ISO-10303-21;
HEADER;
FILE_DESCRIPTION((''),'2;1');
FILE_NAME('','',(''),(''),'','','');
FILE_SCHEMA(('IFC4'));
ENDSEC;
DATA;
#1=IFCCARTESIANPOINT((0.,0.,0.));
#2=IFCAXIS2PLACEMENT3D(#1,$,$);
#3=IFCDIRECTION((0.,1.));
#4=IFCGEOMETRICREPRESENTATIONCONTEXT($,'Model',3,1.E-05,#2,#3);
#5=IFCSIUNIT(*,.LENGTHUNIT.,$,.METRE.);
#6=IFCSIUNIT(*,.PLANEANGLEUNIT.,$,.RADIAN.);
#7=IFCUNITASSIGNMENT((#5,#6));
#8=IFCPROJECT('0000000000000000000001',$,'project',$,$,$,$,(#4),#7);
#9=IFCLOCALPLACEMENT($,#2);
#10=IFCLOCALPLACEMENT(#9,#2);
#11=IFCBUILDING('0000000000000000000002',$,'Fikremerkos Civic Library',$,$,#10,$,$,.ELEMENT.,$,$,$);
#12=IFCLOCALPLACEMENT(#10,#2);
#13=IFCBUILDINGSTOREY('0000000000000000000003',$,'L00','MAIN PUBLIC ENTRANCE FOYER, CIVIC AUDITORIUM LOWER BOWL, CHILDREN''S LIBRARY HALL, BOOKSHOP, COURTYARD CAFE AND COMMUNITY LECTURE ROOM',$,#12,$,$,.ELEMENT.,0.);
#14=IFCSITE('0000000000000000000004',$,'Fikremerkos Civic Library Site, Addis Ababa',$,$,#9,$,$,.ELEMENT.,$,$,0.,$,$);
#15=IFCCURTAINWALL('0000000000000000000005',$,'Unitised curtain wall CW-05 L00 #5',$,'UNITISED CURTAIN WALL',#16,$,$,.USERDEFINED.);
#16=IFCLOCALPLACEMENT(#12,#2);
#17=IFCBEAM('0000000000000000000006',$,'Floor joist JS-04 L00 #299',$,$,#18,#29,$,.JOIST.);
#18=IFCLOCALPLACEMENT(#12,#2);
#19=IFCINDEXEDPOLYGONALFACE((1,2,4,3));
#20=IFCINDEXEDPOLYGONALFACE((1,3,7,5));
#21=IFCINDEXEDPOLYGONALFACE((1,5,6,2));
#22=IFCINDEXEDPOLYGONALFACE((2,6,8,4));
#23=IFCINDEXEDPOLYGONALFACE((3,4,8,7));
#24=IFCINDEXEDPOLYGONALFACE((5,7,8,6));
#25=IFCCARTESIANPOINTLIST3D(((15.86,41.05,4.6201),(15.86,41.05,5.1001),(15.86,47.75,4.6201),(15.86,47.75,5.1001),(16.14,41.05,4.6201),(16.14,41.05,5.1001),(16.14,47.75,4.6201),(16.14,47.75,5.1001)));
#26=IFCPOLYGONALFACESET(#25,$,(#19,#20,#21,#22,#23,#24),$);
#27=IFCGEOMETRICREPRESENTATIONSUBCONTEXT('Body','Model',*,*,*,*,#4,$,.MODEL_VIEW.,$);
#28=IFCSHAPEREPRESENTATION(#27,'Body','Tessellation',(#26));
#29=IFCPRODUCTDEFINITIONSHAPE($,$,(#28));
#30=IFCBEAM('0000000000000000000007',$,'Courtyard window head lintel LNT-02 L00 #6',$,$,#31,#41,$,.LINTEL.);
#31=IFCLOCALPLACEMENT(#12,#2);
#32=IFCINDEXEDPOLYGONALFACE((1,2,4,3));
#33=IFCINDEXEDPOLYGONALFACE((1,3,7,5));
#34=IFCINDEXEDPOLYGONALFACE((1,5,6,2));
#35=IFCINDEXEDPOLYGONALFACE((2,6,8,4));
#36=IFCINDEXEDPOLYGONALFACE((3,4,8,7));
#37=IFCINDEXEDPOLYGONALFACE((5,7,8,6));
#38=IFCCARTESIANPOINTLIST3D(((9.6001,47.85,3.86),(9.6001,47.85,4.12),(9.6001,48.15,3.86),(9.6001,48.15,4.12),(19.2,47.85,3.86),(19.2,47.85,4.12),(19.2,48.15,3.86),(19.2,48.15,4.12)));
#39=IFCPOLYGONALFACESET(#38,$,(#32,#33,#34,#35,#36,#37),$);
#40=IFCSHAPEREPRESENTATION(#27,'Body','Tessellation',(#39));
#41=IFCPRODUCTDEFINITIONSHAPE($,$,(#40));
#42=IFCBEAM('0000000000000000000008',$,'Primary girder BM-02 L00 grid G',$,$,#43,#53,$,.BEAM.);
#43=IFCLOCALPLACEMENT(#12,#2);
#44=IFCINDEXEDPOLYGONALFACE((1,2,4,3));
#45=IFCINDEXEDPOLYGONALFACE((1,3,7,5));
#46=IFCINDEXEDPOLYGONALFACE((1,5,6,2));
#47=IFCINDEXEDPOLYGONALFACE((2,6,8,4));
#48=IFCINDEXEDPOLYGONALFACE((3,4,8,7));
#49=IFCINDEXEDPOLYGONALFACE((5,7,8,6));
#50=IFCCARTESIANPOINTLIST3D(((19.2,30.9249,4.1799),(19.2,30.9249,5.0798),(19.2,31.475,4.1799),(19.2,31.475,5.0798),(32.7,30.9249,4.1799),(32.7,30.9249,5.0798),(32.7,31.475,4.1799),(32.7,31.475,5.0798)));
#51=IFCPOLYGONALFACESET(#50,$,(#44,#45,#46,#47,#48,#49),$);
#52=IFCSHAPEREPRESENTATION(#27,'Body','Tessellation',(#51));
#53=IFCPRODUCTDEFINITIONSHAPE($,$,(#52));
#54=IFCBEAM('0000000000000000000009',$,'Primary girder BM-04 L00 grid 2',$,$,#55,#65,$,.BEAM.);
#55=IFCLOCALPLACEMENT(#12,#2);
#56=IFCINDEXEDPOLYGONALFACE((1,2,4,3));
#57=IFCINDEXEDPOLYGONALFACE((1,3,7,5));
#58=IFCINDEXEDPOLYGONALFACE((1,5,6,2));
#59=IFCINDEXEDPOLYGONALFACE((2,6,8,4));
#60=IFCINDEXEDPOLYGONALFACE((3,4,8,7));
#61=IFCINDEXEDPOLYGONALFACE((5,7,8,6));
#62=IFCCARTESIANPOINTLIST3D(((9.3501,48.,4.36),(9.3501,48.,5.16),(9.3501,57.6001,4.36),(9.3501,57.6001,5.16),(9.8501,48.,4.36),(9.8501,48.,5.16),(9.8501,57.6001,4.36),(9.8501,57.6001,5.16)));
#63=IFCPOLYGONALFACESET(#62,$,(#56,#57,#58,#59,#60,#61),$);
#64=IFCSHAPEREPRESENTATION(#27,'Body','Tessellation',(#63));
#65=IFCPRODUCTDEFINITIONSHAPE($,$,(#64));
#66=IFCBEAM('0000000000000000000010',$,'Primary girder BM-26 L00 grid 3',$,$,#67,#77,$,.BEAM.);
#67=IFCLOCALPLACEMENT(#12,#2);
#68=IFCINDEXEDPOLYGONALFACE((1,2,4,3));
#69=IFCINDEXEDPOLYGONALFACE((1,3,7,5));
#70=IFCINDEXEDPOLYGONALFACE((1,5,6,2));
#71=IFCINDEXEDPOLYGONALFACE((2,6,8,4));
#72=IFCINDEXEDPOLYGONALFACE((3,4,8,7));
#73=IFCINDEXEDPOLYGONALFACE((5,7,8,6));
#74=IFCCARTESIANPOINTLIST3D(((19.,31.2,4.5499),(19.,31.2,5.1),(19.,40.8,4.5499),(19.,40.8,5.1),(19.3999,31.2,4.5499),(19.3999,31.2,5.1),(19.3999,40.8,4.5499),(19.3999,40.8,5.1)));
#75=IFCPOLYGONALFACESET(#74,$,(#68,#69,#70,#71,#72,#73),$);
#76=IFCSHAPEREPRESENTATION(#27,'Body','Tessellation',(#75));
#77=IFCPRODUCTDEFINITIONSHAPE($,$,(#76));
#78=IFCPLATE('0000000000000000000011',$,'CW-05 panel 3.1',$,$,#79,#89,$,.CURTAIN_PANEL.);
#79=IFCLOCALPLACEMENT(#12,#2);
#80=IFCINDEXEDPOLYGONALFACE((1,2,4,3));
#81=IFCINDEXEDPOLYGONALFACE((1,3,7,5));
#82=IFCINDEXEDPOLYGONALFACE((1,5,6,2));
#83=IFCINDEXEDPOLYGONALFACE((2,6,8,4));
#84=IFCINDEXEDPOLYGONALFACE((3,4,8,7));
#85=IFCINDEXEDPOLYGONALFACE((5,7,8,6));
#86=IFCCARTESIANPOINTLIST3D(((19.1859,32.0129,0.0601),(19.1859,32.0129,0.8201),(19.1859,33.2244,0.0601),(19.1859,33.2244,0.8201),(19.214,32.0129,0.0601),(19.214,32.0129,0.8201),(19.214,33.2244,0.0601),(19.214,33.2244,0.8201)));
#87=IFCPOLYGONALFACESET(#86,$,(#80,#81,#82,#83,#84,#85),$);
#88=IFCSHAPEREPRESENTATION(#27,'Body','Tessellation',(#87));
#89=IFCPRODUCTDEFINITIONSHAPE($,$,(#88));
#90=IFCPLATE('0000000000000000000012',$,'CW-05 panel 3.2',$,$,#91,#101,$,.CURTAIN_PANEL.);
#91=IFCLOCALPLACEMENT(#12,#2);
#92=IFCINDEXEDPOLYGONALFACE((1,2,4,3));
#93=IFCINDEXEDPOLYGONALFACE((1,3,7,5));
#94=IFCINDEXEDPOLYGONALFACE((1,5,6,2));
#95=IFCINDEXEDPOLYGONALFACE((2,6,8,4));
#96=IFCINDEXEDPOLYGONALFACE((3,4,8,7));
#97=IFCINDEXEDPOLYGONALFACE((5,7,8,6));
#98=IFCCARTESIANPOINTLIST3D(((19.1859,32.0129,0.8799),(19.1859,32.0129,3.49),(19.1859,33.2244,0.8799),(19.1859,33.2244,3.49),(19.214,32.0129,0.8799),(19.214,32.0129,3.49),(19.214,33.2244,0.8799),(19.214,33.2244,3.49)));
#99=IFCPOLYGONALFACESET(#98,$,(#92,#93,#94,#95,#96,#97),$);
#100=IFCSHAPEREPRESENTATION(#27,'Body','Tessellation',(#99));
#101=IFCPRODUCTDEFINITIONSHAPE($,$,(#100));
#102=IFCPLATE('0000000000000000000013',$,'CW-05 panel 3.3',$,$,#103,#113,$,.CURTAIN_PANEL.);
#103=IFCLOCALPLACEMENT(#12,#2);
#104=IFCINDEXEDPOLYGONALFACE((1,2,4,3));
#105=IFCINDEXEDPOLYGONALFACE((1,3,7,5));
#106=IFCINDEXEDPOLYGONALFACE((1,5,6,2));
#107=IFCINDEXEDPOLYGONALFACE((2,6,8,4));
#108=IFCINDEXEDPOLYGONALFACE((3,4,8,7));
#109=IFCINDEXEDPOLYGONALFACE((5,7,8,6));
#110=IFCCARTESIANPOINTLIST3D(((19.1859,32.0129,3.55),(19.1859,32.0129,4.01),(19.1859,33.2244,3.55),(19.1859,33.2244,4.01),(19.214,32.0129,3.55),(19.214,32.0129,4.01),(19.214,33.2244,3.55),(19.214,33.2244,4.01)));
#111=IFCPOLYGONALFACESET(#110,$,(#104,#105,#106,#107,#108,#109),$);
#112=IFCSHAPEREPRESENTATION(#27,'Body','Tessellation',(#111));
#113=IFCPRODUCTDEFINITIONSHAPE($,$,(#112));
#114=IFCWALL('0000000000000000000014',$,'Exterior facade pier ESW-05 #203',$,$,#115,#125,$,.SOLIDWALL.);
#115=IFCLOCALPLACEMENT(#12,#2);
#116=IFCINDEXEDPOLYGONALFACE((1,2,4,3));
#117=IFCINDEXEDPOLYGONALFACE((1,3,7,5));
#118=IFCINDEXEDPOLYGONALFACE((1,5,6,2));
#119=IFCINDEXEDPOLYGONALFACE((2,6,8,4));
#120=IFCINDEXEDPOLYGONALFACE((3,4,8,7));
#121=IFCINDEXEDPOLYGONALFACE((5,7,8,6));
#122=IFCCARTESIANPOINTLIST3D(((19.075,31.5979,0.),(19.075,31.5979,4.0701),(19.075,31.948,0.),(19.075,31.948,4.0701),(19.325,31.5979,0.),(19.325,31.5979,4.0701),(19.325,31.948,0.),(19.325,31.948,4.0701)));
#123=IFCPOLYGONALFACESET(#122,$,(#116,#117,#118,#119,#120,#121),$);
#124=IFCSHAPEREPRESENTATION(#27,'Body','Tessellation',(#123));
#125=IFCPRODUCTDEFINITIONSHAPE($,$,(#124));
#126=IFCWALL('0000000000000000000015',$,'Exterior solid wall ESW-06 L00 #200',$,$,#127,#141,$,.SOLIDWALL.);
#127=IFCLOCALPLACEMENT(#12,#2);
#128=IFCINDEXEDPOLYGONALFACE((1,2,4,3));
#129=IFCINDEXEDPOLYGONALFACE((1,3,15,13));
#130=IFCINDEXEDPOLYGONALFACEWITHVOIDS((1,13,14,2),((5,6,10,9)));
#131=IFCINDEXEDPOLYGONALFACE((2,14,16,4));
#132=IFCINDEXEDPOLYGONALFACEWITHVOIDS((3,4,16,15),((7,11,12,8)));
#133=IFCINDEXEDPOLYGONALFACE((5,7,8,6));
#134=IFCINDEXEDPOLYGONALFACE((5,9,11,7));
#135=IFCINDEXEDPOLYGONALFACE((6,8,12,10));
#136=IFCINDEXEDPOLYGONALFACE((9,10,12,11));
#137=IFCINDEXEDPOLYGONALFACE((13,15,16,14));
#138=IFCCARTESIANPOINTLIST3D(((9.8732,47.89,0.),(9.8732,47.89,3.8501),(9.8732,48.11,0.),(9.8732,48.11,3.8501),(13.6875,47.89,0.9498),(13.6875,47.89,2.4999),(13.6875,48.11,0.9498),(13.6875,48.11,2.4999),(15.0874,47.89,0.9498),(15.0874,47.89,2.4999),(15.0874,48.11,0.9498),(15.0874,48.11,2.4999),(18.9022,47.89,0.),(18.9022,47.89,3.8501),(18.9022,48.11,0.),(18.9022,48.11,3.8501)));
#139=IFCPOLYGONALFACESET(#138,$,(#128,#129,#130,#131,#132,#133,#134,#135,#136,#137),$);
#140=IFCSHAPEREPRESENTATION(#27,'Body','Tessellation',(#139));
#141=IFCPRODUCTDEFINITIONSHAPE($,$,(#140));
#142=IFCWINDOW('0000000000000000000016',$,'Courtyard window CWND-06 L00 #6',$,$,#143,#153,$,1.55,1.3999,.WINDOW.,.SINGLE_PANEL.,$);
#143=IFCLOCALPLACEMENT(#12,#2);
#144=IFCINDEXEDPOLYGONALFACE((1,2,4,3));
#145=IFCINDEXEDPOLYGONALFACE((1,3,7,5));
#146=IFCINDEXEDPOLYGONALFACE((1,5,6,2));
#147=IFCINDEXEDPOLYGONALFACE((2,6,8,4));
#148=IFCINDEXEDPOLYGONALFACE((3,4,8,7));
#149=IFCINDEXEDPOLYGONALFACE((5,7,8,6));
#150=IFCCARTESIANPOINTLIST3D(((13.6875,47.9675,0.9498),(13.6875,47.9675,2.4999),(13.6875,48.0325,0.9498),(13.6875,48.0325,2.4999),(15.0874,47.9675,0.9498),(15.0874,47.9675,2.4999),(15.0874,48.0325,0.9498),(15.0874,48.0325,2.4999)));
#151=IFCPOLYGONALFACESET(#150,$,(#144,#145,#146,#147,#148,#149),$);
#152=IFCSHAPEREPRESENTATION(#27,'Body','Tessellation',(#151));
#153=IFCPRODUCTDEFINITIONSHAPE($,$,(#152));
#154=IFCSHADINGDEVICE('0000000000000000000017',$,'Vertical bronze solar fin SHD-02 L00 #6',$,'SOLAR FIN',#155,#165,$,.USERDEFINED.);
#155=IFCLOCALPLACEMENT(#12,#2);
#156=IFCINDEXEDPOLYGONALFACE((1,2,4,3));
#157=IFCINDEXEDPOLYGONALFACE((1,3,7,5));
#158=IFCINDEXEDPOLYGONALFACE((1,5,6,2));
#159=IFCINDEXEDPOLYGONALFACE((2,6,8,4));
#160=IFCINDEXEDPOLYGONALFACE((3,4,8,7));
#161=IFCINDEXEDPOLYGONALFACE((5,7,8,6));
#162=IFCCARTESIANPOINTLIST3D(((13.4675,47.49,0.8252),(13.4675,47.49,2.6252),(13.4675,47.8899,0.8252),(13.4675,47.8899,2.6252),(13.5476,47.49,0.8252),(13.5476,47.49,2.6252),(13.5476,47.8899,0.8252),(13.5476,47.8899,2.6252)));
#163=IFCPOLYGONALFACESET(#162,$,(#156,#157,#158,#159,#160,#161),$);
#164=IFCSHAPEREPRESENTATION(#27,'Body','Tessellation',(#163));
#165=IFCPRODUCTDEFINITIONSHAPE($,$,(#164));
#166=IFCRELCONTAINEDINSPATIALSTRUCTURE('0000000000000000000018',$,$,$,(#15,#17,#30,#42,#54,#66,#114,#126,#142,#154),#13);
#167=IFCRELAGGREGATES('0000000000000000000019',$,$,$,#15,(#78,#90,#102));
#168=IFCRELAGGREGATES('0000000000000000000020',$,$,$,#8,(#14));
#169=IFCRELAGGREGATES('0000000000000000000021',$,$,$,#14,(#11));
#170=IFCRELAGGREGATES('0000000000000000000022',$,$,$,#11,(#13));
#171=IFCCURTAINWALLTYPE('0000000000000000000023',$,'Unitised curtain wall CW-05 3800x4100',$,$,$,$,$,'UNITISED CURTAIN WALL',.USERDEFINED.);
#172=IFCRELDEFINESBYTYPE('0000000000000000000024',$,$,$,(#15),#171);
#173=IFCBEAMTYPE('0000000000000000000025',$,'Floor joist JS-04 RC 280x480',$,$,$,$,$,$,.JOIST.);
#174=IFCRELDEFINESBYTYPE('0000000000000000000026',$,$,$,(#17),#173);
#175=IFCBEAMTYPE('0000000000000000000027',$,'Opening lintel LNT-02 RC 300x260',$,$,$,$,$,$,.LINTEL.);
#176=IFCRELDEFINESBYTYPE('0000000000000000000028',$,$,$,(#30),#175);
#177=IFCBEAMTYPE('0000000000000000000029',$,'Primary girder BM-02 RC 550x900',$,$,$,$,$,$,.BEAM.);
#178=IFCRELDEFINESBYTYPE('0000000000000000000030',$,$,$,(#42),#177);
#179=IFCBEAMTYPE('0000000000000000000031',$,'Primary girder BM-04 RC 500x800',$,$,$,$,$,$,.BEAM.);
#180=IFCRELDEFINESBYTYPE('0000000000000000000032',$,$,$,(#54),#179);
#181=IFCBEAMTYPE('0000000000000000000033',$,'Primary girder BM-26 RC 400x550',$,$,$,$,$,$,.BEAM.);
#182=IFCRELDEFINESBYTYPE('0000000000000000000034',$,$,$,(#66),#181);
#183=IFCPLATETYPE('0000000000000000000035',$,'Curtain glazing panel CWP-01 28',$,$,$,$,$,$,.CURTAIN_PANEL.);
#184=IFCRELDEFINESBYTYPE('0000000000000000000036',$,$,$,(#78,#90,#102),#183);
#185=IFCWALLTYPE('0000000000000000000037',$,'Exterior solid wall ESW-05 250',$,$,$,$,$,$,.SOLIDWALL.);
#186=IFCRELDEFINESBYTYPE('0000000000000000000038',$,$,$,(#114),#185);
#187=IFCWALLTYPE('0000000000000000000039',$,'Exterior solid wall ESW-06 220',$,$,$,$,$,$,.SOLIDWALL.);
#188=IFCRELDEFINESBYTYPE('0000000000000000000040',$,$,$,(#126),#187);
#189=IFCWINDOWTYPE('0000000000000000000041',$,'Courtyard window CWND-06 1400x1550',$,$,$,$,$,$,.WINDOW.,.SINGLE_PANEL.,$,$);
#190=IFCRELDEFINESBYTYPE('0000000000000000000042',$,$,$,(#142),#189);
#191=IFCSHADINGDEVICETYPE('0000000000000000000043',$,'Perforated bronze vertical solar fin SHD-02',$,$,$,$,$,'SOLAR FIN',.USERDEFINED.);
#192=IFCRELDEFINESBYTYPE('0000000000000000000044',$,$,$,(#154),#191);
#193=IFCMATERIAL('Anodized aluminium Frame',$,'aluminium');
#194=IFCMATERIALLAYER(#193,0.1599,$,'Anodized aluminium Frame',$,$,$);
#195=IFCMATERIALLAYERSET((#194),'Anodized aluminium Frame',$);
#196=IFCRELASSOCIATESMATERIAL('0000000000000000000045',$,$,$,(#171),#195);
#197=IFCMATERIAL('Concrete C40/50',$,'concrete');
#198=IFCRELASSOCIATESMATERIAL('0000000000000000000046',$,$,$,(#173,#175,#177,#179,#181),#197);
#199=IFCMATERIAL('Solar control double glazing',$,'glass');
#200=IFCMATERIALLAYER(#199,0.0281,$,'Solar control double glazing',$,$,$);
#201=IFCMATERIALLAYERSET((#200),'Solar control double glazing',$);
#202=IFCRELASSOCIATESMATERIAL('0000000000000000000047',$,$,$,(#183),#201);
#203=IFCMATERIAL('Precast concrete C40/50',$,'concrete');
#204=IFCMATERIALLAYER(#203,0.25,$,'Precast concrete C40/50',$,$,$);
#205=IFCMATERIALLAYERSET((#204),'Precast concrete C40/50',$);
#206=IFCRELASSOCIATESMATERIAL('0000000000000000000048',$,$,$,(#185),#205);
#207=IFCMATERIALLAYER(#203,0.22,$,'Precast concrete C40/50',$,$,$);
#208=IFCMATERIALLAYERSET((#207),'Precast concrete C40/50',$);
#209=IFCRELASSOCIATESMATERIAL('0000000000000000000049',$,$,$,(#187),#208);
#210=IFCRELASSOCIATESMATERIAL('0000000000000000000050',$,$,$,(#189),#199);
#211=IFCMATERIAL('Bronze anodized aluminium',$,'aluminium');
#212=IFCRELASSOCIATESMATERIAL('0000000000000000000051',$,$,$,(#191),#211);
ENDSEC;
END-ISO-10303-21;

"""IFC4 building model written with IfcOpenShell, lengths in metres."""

from ifc_helpers import new_model, si_unit, direction, frame, frame_2d, origin, origin_2d, place, context, subcontext, project, spatial, rectangle, extrude, material, layer, layer_set, material_profile, profile_set, type_object, element, fill, aggregate, save


model = new_model("IFC4")

# Units and contexts
model_context = context("Model", 3, precision=1e-05, world=origin(), true_north=direction((0.0, 1.0)))
body_context = subcontext(model_context, "Body", "Model", "MODEL_VIEW")
ifc_project = project(units=[si_unit("LENGTHUNIT", "METRE"), si_unit("PLANEANGLEUNIT", "RADIAN")], contexts=[model_context])

# Site, building, storey
site_placement = place(None, origin())
site = spatial("IfcSite", under=ifc_project, at=site_placement, Name="Fikremerkos Civic Library Site, Addis Ababa", CompositionType="ELEMENT", RefElevation=0.0)
building_placement = place(site_placement, origin())
building = spatial("IfcBuilding", under=site, at=building_placement, Name="Fikremerkos Civic Library", CompositionType="ELEMENT")
storey_placement = place(building_placement, origin())
storey = spatial("IfcBuildingStorey", under=building, at=storey_placement, Name="L00", Description="MAIN PUBLIC ENTRANCE FOYER, CIVIC AUDITORIUM LOWER BOWL, CHILDREN'S LIBRARY HALL, BOOKSHOP, COURTYARD CAFE AND COMMUNITY LECTURE ROOM", CompositionType="ELEMENT", Elevation=0.0)

# Shared definitions
ifc_material_1 = material(Name="Concrete C40/50", Category="concrete")

# Curtain wall
ifc_material_2 = material(Name="Anodized aluminium Frame", Category="aluminium")
ifc_layer_1 = layer(ifc_material_2, 0.1599, Name="Anodized aluminium Frame")
ifc_layer_set_1 = layer_set([ifc_layer_1], Name="Anodized aluminium Frame")
curtain_wall_type = type_object("IfcCurtainWallType", Name="Unitised curtain wall CW-05 3800x4100", ElementType="UNITISED CURTAIN WALL", PredefinedType="USERDEFINED", material=ifc_layer_set_1)
curtain_wall_placement = place(storey_placement, origin())
curtain_wall = element("IfcCurtainWall", 1, at=curtain_wall_placement, inside=storey, type_object=curtain_wall_type, Name="Unitised curtain wall CW-05 L00 #5", ObjectType="UNITISED CURTAIN WALL", PredefinedType="USERDEFINED")

# Beams
ifc_material_profile_1 = material_profile(ifc_material_1, rectangle(XDim=0.28, YDim=0.48, at=origin_2d()), Name="RC 280x480")
ifc_profile_set_1 = profile_set([ifc_material_profile_1], Name="Concrete C40/50")
beam_type_1 = type_object("IfcBeamType", Name="Floor joist JS-04 RC 280x480", PredefinedType="JOIST", material=ifc_profile_set_1)
for number, where, z_axis, x_axis, name in (
    (2, (16.0, 41.05, 4.8601), (0.0, 1.0, 0.0), (-1.0, 0.0, 0.0), "Floor joist JS-04 L00 #299"),
):
    element("IfcBeam", number, at=place(storey_placement, frame(where, z_axis=z_axis, x_axis=x_axis)), inside=storey, type_object=beam_type_1, Name=name, PredefinedType="JOIST", context=body_context, shape_type="SweptSolid", body=[
        extrude(rectangle(XDim=0.28, YDim=0.48, at=origin_2d()), origin(), (0.0, 0.0, 1.0), 6.7),
    ])
ifc_material_profile_2 = material_profile(ifc_material_1, rectangle(XDim=0.3, YDim=0.26, at=origin_2d()), Name="RC 300x260")
ifc_profile_set_2 = profile_set([ifc_material_profile_2], Name="Concrete C40/50")
beam_type_2 = type_object("IfcBeamType", Name="Opening lintel LNT-02 RC 300x260", PredefinedType="LINTEL", material=ifc_profile_set_2)
beam_1_placement = place(storey_placement, frame((9.6001, 48.0, 3.99), z_axis=(1.0, 0.0, 0.0), x_axis=(0.0, 1.0, 0.0)))
element("IfcBeam", 3, at=beam_1_placement, inside=storey, type_object=beam_type_2, Name="Courtyard window head lintel LNT-02 L00 #6", PredefinedType="LINTEL", context=body_context, shape_type="SweptSolid", body=[
    extrude(rectangle(XDim=0.3, YDim=0.26, at=origin_2d()), origin(), (0.0, 0.0, 1.0), 9.5999),
])
ifc_material_profile_3 = material_profile(ifc_material_1, rectangle(XDim=0.55, YDim=0.8999, at=origin_2d()), Name="RC 550x900")
ifc_profile_set_3 = profile_set([ifc_material_profile_3], Name="Concrete C40/50")
beam_type_3 = type_object("IfcBeamType", Name="Primary girder BM-02 RC 550x900", PredefinedType="BEAM", material=ifc_profile_set_3)
beam_2_placement = place(storey_placement, frame((19.2, 31.2, 4.6299), z_axis=(1.0, 0.0, 0.0), x_axis=(0.0, 1.0, 0.0)))
element("IfcBeam", 4, at=beam_2_placement, inside=storey, type_object=beam_type_3, Name="Primary girder BM-02 L00 grid G", PredefinedType="BEAM", context=body_context, shape_type="SweptSolid", body=[
    extrude(rectangle(XDim=0.55, YDim=0.8999, at=origin_2d()), origin(), (0.0, 0.0, 1.0), 13.5),
])
ifc_material_profile_4 = material_profile(ifc_material_1, rectangle(XDim=0.5, YDim=0.8, at=origin_2d()), Name="RC 500x800")
ifc_profile_set_4 = profile_set([ifc_material_profile_4], Name="Concrete C40/50")
beam_type_4 = type_object("IfcBeamType", Name="Primary girder BM-04 RC 500x800", PredefinedType="BEAM", material=ifc_profile_set_4)
beam_3_placement = place(storey_placement, frame((9.6001, 48.0, 4.76), z_axis=(0.0, 1.0, 0.0), x_axis=(-1.0, 0.0, 0.0)))
element("IfcBeam", 5, at=beam_3_placement, inside=storey, type_object=beam_type_4, Name="Primary girder BM-04 L00 grid 2", PredefinedType="BEAM", context=body_context, shape_type="SweptSolid", body=[
    extrude(rectangle(XDim=0.5, YDim=0.8, at=origin_2d()), origin(), (0.0, 0.0, 1.0), 9.6001),
])
ifc_material_profile_5 = material_profile(ifc_material_1, rectangle(XDim=0.3999, YDim=0.55, at=origin_2d()), Name="RC 400x550")
ifc_profile_set_5 = profile_set([ifc_material_profile_5], Name="Concrete C40/50")
beam_type_5 = type_object("IfcBeamType", Name="Primary girder BM-26 RC 400x550", PredefinedType="BEAM", material=ifc_profile_set_5)
beam_4_placement = place(storey_placement, frame((19.2, 31.2, 4.825), z_axis=(0.0, 1.0, 0.0), x_axis=(-1.0, 0.0, 0.0)))
element("IfcBeam", 6, at=beam_4_placement, inside=storey, type_object=beam_type_5, Name="Primary girder BM-26 L00 grid 3", PredefinedType="BEAM", context=body_context, shape_type="SweptSolid", body=[
    extrude(rectangle(XDim=0.3999, YDim=0.55, at=origin_2d()), origin(), (0.0, 0.0, 1.0), 9.6001),
])

# Plates
ifc_material_3 = material(Name="Solar control double glazing", Category="glass")
ifc_layer_2 = layer(ifc_material_3, 0.0281, Name="Solar control double glazing")
ifc_layer_set_2 = layer_set([ifc_layer_2], Name="Solar control double glazing")
plate_type = type_object("IfcPlateType", Name="Curtain glazing panel CWP-01 28", PredefinedType="CURTAIN_PANEL", material=ifc_layer_set_2)
plate_1_placement = place(storey_placement, frame((19.2, 32.6187, 0.0601), z_axis=(0.0, 0.0, 1.0), x_axis=(0.0, -1.0, 0.0)))
plate_1 = element("IfcPlate", 7, at=plate_1_placement, type_object=plate_type, Name="CW-05 panel 3.1", PredefinedType="CURTAIN_PANEL", context=body_context, shape_type="SweptSolid", body=[
    extrude(rectangle(XDim=1.2114, YDim=0.0281, at=origin_2d()), origin(), (0.0, 0.0, 1.0), 0.76),
])
plate_2_placement = place(storey_placement, frame((19.2, 32.6187, 0.8799), z_axis=(0.0, 0.0, 1.0), x_axis=(0.0, -1.0, 0.0)))
plate_2 = element("IfcPlate", 8, at=plate_2_placement, type_object=plate_type, Name="CW-05 panel 3.2", PredefinedType="CURTAIN_PANEL", context=body_context, shape_type="SweptSolid", body=[
    extrude(rectangle(XDim=1.2114, YDim=0.0281, at=origin_2d()), origin(), (0.0, 0.0, 1.0), 2.6101),
])
plate_3_placement = place(storey_placement, frame((19.2, 32.6187, 3.55), z_axis=(0.0, 0.0, 1.0), x_axis=(0.0, -1.0, 0.0)))
plate_3 = element("IfcPlate", 9, at=plate_3_placement, type_object=plate_type, Name="CW-05 panel 3.3", PredefinedType="CURTAIN_PANEL", context=body_context, shape_type="SweptSolid", body=[
    extrude(rectangle(XDim=1.2114, YDim=0.0281, at=origin_2d()), origin(), (0.0, 0.0, 1.0), 0.46),
])
aggregate(curtain_wall, [plate_1, plate_2, plate_3])

# Wall
ifc_material_4 = material(Name="Precast concrete C40/50", Category="concrete")
ifc_layer_3 = layer(ifc_material_4, 0.25, Name="Precast concrete C40/50")
ifc_layer_set_3 = layer_set([ifc_layer_3], Name="Precast concrete C40/50")
wall_type_1 = type_object("IfcWallType", Name="Exterior solid wall ESW-05 250", PredefinedType="SOLIDWALL", material=ifc_layer_set_3)
wall_1_placement = place(storey_placement, frame((19.2, 31.948, 0.0), z_axis=(0.0, 0.0, 1.0), x_axis=(0.0, -1.0, 0.0)))
element("IfcWall", 10, at=wall_1_placement, inside=storey, type_object=wall_type_1, Name="Exterior facade pier ESW-05 #203", PredefinedType="SOLIDWALL", context=body_context, shape_type="SweptSolid", body=[
    extrude(rectangle(XDim=0.3501, YDim=0.25, at=frame_2d((0.175, 0.0))), origin(), (0.0, 0.0, 1.0), 4.0701),
])

# Wall, opening, window
ifc_layer_4 = layer(ifc_material_4, 0.22, Name="Precast concrete C40/50")
ifc_layer_set_4 = layer_set([ifc_layer_4], Name="Precast concrete C40/50")
wall_type_2 = type_object("IfcWallType", Name="Exterior solid wall ESW-06 220", PredefinedType="SOLIDWALL", material=ifc_layer_set_4)
wall_2_placement = place(storey_placement, frame((9.873, 48.0, 0.0), z_axis=(0.0, 0.0, 1.0), x_axis=(1.0, 0.0, 0.0)))
wall_2 = element("IfcWall", 11, at=wall_2_placement, inside=storey, type_object=wall_type_2, Name="Exterior solid wall ESW-06 L00 #200", PredefinedType="SOLIDWALL", context=body_context, shape_type="SweptSolid", body=[
    extrude(rectangle(XDim=9.0291, YDim=0.22, at=frame_2d((4.5146, 0.0))), origin(), (0.0, 0.0, 1.0), 3.8501),
])
opening_placement = place(wall_2_placement, frame((3.8145, 0.0, 0.95)))
opening = element("IfcOpeningElement", 12, at=opening_placement, cuts=wall_2, PredefinedType="OPENING", context=body_context, shape_type="SweptSolid", body=[
    extrude(rectangle(XDim=1.3999, YDim=1.55, at=frame_2d((0.7, 0.7749))), frame((0.0, 0.1199, 0.0), z_axis=(0.0, -1.0, 0.0), x_axis=(1.0, 0.0, 0.0)), (0.0, 0.0, 1.0), 0.24),
])
window_type = type_object("IfcWindowType", Name="Courtyard window CWND-06 1400x1550", PartitioningType="SINGLE_PANEL", PredefinedType="WINDOW", material=ifc_material_3)
window_placement = place(opening_placement, origin())
window = element("IfcWindow", 13, at=window_placement, inside=storey, type_object=window_type, Name="Courtyard window CWND-06 L00 #6", OverallHeight=1.55, OverallWidth=1.3999, PartitioningType="SINGLE_PANEL", PredefinedType="WINDOW", context=body_context, shape_type="SweptSolid", body=[
    extrude(rectangle(XDim=1.3999, YDim=1.55, at=frame_2d((0.7, 0.7749))), frame((0.0, 0.0325, 0.0), z_axis=(0.0, -1.0, 0.0), x_axis=(1.0, 0.0, 0.0)), (0.0, 0.0, 1.0), 0.0649),
])
fill(opening, window)

# Shading device
ifc_material_5 = material(Name="Bronze anodized aluminium", Category="aluminium")
shading_device_type = type_object("IfcShadingDeviceType", Name="Perforated bronze vertical solar fin SHD-02", ElementType="SOLAR FIN", PredefinedType="USERDEFINED", material=ifc_material_5)
shading_device_1_placement = place(storey_placement, frame((13.5076, 47.6899, 0.8252), z_axis=(0.0, 0.0, 1.0), x_axis=(1.0, 0.0, 0.0)))
element("IfcShadingDevice", 14, at=shading_device_1_placement, inside=storey, type_object=shading_device_type, Name="Vertical bronze solar fin SHD-02 L00 #6", ObjectType="SOLAR FIN", PredefinedType="USERDEFINED", context=body_context, shape_type="SweptSolid", body=[
    extrude(rectangle(XDim=0.0801, YDim=0.3999, at=origin_2d()), origin(), (0.0, 0.0, 1.0), 1.8),
])

save(model, "model.ifc")
